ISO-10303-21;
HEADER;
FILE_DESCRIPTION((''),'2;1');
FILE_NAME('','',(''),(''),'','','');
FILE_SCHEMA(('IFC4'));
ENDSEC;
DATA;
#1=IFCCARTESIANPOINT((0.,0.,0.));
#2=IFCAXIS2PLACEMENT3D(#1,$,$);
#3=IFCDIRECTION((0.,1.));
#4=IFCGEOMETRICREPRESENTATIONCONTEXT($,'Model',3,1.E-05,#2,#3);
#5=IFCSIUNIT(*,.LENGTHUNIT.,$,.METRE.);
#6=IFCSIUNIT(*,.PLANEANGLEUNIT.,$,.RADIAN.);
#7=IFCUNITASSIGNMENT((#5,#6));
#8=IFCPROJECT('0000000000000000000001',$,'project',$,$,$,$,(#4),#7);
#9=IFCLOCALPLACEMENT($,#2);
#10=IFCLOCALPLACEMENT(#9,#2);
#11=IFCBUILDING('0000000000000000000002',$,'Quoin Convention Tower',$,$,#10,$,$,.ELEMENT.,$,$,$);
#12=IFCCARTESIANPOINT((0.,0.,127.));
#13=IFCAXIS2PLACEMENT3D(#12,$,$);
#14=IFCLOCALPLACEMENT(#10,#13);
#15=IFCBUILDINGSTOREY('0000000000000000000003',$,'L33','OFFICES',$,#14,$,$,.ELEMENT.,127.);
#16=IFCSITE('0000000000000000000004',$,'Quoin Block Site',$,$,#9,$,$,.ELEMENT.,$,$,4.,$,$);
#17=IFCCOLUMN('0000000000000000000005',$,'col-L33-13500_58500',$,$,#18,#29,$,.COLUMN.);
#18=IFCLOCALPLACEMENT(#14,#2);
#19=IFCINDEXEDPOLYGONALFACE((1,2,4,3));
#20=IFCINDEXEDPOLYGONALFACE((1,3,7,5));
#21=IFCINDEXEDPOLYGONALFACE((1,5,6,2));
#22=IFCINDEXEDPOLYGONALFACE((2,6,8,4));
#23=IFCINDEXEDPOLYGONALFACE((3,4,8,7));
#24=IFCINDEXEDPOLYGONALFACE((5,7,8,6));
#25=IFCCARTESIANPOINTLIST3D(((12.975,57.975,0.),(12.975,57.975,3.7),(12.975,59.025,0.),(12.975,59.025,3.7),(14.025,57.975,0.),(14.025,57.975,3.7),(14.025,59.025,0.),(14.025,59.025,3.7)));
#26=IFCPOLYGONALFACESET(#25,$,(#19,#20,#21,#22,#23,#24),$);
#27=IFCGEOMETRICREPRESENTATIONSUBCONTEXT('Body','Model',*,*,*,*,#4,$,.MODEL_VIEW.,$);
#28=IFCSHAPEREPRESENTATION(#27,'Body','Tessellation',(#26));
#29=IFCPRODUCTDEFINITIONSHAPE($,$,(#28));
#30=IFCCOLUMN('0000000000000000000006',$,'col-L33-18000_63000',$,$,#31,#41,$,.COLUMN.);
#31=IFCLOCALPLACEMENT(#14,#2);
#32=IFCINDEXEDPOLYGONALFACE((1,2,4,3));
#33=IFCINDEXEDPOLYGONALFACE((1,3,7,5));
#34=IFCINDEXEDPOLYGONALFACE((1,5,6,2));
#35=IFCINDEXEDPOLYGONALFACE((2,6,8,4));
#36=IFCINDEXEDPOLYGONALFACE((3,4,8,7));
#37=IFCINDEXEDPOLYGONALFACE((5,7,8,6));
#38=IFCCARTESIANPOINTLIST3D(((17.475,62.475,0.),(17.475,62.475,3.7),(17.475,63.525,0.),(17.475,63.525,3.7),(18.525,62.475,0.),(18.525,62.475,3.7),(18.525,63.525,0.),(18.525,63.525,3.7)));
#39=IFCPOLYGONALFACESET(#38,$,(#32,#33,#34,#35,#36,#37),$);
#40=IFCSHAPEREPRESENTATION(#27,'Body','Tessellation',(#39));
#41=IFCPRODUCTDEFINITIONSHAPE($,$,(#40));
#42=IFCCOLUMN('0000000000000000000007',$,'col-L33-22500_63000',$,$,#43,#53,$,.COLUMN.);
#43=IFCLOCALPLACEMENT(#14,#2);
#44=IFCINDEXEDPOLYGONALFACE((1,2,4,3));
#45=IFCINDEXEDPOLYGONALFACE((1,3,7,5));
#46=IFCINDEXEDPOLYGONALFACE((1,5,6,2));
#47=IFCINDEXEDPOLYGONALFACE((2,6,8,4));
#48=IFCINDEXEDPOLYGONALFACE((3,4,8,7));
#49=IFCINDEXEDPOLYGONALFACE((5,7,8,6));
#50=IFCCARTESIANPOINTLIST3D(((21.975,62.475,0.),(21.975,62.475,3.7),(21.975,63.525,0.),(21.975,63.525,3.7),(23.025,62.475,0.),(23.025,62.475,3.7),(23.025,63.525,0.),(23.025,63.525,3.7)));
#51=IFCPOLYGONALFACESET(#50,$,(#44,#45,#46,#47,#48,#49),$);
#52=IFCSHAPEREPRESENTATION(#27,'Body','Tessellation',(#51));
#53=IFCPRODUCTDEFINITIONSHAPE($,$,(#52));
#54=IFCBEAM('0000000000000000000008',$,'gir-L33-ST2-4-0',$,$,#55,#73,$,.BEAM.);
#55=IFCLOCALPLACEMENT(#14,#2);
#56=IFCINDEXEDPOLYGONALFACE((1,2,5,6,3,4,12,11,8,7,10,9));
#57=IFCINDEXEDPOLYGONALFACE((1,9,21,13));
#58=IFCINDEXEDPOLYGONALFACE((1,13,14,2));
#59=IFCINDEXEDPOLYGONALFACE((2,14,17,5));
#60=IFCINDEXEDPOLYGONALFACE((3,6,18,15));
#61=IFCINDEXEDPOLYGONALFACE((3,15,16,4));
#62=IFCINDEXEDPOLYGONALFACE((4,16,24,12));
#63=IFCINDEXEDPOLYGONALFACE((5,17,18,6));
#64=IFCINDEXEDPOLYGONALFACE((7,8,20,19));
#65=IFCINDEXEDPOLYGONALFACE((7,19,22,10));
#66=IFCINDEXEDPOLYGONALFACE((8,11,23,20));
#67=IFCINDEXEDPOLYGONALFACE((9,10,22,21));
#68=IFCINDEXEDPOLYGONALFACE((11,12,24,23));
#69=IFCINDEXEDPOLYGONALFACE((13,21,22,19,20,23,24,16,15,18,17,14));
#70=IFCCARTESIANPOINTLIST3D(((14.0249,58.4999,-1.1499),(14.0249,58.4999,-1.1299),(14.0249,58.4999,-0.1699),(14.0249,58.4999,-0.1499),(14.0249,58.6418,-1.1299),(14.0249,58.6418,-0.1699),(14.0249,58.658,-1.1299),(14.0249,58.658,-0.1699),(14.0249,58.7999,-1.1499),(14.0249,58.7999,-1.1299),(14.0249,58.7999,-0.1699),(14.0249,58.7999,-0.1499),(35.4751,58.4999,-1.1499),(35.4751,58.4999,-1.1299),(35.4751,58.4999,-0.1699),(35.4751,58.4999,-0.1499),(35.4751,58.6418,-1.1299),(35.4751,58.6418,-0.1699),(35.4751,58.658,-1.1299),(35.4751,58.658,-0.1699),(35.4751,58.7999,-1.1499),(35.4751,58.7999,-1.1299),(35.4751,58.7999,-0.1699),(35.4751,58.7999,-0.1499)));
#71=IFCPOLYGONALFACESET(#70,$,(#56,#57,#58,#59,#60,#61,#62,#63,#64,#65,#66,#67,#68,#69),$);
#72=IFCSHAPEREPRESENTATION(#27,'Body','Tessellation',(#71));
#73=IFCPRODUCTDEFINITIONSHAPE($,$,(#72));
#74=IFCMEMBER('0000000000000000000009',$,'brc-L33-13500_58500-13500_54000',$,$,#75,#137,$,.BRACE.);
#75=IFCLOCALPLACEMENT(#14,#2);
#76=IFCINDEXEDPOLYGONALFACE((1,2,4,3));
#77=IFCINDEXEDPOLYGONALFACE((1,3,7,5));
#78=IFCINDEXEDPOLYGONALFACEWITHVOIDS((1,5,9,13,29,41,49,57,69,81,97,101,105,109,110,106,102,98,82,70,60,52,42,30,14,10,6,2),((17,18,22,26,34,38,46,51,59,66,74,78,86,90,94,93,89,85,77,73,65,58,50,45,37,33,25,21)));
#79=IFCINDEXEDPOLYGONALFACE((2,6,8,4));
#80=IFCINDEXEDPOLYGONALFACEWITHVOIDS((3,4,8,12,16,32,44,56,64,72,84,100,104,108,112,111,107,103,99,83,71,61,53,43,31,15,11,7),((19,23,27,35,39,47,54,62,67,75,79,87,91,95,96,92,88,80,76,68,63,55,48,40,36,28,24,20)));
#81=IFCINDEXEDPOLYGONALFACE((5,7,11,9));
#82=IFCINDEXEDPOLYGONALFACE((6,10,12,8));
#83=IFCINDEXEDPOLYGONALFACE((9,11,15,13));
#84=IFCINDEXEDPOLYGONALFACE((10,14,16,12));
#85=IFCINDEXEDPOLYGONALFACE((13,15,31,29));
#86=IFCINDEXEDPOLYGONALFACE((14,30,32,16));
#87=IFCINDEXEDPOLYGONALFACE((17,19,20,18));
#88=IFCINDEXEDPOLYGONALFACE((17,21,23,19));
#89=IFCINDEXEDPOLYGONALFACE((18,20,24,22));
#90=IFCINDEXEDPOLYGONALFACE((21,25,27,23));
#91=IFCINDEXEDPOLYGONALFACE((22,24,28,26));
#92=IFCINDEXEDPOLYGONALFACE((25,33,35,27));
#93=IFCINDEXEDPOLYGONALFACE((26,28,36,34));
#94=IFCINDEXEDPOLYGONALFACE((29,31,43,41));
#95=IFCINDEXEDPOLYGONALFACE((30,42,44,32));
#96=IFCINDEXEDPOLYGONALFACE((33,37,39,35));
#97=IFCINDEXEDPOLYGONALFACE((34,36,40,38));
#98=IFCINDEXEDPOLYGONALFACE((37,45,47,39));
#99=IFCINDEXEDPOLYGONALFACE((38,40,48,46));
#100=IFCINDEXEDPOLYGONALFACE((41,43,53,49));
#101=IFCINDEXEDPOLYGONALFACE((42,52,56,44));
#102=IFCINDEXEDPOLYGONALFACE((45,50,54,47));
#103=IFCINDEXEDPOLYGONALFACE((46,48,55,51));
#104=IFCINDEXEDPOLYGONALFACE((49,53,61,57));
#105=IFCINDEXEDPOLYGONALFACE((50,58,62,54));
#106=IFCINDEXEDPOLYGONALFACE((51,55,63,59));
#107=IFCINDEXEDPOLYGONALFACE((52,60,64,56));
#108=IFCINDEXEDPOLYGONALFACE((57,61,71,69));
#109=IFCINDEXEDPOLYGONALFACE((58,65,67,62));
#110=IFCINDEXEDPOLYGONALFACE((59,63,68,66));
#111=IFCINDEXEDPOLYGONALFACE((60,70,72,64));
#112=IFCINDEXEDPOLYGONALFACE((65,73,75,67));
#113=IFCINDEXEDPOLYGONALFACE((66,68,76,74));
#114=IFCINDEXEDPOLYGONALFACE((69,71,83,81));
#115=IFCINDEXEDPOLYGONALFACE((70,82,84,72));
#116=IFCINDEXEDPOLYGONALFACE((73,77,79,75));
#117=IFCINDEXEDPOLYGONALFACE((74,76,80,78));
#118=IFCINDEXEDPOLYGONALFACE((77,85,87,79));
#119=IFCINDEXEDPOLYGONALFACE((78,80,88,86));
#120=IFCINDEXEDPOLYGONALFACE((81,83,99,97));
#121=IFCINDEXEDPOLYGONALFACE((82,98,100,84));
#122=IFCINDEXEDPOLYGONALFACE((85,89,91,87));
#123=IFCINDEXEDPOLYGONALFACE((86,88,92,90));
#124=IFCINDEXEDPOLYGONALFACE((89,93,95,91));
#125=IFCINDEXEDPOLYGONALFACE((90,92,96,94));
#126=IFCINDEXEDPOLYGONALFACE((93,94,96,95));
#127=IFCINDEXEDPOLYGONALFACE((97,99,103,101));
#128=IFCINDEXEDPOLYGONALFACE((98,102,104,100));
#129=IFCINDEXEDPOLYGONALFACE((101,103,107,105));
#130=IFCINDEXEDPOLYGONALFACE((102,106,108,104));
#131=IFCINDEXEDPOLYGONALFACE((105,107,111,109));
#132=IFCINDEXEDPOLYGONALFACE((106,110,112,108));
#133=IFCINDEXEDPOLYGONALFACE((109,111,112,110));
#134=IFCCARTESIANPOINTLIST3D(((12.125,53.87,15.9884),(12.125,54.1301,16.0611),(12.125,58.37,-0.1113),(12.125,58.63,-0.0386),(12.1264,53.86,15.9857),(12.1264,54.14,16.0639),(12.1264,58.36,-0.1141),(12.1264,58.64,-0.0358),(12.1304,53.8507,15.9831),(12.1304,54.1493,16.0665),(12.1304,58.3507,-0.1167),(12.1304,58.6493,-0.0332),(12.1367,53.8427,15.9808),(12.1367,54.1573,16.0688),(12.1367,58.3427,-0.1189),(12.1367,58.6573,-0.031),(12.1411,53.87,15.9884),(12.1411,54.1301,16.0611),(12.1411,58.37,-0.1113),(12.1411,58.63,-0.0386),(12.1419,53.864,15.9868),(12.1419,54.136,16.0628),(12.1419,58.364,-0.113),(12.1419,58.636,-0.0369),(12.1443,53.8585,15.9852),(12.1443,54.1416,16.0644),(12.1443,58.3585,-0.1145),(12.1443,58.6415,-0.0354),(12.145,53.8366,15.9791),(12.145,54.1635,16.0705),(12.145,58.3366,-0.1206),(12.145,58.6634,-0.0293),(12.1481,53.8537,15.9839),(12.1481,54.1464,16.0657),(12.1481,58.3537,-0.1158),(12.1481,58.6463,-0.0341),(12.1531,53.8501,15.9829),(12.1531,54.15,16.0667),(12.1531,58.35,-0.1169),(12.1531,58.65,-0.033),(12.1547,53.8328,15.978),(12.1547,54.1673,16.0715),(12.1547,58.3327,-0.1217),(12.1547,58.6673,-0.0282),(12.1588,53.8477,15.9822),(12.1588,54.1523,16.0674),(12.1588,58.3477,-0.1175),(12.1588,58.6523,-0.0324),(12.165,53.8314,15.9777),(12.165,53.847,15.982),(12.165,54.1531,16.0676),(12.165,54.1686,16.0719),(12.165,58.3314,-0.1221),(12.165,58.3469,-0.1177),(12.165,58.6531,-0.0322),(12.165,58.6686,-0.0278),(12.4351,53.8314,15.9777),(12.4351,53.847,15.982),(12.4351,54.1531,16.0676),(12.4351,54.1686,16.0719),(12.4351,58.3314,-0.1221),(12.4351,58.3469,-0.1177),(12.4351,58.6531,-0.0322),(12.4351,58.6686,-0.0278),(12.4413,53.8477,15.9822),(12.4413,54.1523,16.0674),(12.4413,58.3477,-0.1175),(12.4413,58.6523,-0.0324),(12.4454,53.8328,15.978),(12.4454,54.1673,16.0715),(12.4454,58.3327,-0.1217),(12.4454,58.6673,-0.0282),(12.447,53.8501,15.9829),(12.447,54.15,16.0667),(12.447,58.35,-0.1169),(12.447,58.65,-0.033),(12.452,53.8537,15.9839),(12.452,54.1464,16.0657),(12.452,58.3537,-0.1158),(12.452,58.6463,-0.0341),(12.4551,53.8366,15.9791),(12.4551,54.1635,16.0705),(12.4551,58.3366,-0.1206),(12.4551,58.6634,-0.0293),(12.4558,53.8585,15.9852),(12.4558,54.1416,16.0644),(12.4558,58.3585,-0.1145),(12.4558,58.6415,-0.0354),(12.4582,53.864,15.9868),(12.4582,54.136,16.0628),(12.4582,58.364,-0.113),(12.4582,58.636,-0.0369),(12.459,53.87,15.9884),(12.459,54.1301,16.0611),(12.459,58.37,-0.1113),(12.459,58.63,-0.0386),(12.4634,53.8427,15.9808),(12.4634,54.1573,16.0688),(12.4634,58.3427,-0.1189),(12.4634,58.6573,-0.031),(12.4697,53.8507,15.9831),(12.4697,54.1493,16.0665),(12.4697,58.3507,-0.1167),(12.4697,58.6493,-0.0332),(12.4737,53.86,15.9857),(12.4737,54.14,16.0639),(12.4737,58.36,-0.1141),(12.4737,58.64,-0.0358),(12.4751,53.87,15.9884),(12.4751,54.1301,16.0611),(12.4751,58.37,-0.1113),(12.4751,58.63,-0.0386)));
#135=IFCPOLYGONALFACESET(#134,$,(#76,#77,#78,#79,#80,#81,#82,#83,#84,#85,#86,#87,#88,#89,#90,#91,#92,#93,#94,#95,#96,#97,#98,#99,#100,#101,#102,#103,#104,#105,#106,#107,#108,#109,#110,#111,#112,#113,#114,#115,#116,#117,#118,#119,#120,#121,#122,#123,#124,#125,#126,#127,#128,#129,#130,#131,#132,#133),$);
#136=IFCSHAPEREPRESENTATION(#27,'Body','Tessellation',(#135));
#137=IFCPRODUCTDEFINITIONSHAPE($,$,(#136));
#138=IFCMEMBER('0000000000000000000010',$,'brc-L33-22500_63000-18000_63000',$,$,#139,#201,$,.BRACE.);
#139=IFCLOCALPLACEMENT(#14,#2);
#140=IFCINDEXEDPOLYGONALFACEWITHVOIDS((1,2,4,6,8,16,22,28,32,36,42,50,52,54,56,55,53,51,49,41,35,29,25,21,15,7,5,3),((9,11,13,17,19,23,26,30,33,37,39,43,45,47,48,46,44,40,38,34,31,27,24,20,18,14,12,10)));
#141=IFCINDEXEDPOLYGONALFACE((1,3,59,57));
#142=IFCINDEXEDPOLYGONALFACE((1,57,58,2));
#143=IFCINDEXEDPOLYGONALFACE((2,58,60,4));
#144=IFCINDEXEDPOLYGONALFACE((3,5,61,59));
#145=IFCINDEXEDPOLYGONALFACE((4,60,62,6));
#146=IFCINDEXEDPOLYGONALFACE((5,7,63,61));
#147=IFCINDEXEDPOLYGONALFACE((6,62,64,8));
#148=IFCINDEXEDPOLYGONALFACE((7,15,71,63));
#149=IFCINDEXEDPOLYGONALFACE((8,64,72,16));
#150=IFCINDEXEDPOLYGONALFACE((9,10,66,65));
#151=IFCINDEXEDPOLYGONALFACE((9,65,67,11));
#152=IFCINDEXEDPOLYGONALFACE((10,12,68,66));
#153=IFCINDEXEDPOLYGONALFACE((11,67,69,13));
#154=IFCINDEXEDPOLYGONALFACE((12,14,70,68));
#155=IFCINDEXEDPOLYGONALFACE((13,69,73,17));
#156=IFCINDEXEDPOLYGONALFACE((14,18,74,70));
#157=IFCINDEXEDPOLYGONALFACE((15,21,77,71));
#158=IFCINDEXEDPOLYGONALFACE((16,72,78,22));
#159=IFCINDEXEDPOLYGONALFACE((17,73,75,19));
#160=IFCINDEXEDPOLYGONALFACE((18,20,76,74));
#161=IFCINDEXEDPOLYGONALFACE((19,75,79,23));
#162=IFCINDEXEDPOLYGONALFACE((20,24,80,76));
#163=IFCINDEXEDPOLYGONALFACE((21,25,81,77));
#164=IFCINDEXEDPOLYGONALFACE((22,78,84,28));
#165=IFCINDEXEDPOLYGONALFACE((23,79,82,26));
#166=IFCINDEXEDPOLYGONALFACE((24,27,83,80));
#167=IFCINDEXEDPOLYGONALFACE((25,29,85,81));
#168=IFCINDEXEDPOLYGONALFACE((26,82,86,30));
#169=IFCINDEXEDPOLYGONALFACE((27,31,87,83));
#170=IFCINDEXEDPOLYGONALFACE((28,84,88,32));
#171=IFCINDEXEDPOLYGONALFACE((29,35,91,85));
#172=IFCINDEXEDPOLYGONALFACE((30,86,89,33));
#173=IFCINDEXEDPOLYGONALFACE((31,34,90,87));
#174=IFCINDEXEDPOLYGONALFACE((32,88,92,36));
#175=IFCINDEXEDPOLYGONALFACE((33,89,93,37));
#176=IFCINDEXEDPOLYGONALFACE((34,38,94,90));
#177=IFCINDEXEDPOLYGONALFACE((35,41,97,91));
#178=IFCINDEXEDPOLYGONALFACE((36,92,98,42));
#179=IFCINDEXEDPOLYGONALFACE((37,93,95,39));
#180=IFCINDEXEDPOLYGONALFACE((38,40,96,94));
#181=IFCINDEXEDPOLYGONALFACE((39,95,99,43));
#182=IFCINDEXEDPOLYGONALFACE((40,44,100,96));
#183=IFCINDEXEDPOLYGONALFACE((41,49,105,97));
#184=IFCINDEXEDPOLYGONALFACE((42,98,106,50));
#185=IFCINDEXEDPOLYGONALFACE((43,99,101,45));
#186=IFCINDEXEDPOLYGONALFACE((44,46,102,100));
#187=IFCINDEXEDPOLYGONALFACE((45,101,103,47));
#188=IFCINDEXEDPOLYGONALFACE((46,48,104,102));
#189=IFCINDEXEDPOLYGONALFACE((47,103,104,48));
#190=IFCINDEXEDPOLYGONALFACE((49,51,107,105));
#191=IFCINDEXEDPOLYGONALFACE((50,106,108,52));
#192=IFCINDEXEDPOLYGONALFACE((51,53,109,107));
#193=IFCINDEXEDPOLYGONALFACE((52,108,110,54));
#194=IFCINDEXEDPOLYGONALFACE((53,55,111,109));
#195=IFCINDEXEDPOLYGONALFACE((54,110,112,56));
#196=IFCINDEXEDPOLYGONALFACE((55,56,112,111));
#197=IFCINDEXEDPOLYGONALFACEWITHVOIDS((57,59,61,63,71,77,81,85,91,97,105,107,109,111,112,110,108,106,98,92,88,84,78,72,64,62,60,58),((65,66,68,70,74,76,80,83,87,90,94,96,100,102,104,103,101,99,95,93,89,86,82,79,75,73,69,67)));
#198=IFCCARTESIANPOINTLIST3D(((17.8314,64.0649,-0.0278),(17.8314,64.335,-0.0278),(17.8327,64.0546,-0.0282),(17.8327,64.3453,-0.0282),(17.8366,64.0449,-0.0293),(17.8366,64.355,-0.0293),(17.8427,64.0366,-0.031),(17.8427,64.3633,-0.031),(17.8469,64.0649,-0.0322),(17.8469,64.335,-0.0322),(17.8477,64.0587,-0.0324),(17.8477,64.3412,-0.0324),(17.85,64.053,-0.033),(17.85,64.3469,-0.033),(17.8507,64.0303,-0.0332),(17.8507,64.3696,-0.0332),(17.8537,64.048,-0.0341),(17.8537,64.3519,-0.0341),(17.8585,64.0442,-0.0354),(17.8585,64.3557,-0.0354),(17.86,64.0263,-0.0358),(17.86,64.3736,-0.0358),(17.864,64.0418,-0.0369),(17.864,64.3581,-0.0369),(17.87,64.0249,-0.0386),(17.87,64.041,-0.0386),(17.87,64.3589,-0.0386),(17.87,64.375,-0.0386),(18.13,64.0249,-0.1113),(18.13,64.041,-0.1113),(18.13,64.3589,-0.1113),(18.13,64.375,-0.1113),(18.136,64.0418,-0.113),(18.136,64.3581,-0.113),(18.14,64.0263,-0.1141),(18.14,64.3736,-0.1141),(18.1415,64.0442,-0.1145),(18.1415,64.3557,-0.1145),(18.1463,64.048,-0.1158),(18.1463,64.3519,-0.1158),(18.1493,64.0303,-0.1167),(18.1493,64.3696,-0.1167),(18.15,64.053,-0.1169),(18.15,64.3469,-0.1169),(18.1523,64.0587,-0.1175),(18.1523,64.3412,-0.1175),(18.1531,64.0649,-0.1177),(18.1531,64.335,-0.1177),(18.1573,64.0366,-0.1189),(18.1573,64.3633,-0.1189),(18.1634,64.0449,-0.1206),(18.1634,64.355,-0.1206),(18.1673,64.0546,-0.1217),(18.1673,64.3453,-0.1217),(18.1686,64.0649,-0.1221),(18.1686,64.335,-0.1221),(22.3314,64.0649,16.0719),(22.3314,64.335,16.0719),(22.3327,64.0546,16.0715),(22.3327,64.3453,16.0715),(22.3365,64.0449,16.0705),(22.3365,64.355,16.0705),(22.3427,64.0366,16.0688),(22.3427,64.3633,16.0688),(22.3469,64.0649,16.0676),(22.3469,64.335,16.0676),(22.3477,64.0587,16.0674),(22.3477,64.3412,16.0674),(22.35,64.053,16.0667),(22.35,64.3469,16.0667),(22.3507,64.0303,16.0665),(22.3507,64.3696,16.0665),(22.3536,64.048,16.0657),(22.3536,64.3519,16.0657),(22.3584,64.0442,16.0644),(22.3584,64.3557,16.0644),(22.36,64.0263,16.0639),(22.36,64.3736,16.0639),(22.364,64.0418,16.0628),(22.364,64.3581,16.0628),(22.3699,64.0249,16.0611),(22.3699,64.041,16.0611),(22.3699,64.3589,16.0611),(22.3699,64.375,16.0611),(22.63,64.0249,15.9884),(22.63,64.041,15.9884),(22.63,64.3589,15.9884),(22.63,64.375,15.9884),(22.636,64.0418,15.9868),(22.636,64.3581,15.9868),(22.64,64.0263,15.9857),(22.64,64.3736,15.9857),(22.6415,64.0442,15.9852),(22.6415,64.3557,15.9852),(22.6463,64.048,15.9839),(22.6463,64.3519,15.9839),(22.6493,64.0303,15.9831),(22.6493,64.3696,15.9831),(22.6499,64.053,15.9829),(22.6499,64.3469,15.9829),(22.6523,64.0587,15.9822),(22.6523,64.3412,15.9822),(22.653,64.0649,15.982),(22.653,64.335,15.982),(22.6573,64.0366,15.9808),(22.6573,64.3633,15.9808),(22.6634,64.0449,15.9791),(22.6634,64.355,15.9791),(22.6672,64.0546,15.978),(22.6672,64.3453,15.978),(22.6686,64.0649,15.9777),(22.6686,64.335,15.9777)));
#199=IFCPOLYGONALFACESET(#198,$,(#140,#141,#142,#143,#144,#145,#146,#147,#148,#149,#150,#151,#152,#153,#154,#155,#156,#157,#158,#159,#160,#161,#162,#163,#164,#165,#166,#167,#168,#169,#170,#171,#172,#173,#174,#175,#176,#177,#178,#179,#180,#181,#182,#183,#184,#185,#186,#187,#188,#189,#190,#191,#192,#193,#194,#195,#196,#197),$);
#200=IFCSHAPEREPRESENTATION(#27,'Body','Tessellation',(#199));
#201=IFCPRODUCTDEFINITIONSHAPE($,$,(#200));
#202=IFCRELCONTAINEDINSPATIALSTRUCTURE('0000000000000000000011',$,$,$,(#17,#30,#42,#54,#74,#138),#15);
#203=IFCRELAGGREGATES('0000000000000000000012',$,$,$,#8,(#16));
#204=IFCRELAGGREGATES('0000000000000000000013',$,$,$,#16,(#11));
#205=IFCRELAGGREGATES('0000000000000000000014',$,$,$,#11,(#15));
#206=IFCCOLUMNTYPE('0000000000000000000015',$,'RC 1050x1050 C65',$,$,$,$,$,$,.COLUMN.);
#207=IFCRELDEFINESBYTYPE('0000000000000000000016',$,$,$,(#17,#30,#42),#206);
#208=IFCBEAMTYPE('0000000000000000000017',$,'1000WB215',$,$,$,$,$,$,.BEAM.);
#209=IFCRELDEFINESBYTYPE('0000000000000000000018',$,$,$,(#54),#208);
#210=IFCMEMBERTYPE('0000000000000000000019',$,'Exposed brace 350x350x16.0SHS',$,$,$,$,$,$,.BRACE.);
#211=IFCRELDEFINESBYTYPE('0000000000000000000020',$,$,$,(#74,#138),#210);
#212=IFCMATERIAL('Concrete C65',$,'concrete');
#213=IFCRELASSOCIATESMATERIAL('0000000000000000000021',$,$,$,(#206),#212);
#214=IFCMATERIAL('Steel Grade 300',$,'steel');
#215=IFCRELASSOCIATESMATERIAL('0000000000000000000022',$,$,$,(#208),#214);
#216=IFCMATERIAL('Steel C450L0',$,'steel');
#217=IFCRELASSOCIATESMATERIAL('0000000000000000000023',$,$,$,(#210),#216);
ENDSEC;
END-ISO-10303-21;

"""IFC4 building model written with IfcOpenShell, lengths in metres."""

from ifc_helpers import new_model, si_unit, direction, frame, origin, origin_2d, place, context, subcontext, project, spatial, rectangle, hollow_rectangle, i_section, extrude, material, material_profile, profile_set, type_object, element, save


model = new_model("IFC4")

# Units and contexts
model_context = context("Model", 3, precision=1e-05, world=origin(), true_north=direction((0.0, 1.0)))
body_context = subcontext(model_context, "Body", "Model", "MODEL_VIEW")
ifc_project = project(units=[si_unit("LENGTHUNIT", "METRE"), si_unit("PLANEANGLEUNIT", "RADIAN")], contexts=[model_context])

# Site, building, storey
site_placement = place(None, origin())
site = spatial("IfcSite", under=ifc_project, at=site_placement, Name="Quoin Block Site", CompositionType="ELEMENT", RefElevation=4.0)
building_placement = place(site_placement, origin())
building = spatial("IfcBuilding", under=site, at=building_placement, Name="Quoin Convention Tower", CompositionType="ELEMENT")
storey_placement = place(building_placement, frame((0.0, 0.0, 127.0)))
storey = spatial("IfcBuildingStorey", under=building, at=storey_placement, Name="L33", Description="OFFICES", CompositionType="ELEMENT", Elevation=127.0)

# Columns
ifc_material_1 = material(Name="Concrete C65", Category="concrete")
ifc_material_profile_1 = material_profile(ifc_material_1, rectangle(XDim=1.05, YDim=1.05, at=origin_2d()), Name="RC 1050x1050")
ifc_profile_set_1 = profile_set([ifc_material_profile_1], Name="Concrete C65")
column_type = type_object("IfcColumnType", Name="RC 1050x1050 C65", PredefinedType="COLUMN", material=ifc_profile_set_1)
for number, where, z_axis, x_axis, name in (
    (1, (13.5, 58.5, 0.0), (0.0, 0.0, 1.0), (1.0, 0.0, 0.0), "col-L33-13500_58500"),
    (2, (18.0, 63.0, 0.0), (0.0, 0.0, 1.0), (1.0, 0.0, 0.0), "col-L33-18000_63000"),
    (3, (22.5, 63.0, 0.0), (0.0, 0.0, 1.0), (1.0, 0.0, 0.0), "col-L33-22500_63000"),
):
    element("IfcColumn", number, at=place(storey_placement, frame(where, z_axis=z_axis, x_axis=x_axis)), inside=storey, type_object=column_type, Name=name, PredefinedType="COLUMN", context=body_context, shape_type="SweptSolid", body=[
        extrude(rectangle(XDim=1.05, YDim=1.05, at=origin_2d()), origin(), (0.0, 0.0, 1.0), 3.7),
    ])

# Beam
ifc_material_2 = material(Name="Steel Grade 300", Category="steel")
ifc_material_profile_2 = material_profile(ifc_material_2, i_section(OverallWidth=0.3, OverallDepth=1.0, WebThickness=0.0161, FlangeThickness=0.02, at=origin_2d()), Name="1000WB215")
ifc_profile_set_2 = profile_set([ifc_material_profile_2], Name="Steel Grade 300")
beam_type_1 = type_object("IfcBeamType", Name="1000WB215", PredefinedType="BEAM", material=ifc_profile_set_2)
beam_1_placement = place(storey_placement, frame((14.0249, 58.6499, -0.6499), z_axis=(1.0, 0.0, 0.0), x_axis=(0.0, 1.0, 0.0)))
element("IfcBeam", 4, at=beam_1_placement, inside=storey, type_object=beam_type_1, Name="gir-L33-ST2-4-0", PredefinedType="BEAM", context=body_context, shape_type="SweptSolid", body=[
    extrude(i_section(OverallWidth=0.3, OverallDepth=1.0, WebThickness=0.0161, FlangeThickness=0.02, at=origin_2d()), origin(), (0.0, 0.0, 1.0), 21.4502),
])

# Members
ifc_material_3 = material(Name="Steel C450L0", Category="steel")
ifc_material_profile_3 = material_profile(ifc_material_3, hollow_rectangle(XDim=0.3501, YDim=0.3501, WallThickness=0.0161, InnerFilletRadius=0.0239, OuterFilletRadius=0.04, at=origin_2d()), Name="350x350x16.0SHS")
ifc_profile_set_3 = profile_set([ifc_material_profile_3], Name="Steel C450L0")
member_type = type_object("IfcMemberType", Name="Exposed brace 350x350x16.0SHS", PredefinedType="BRACE", material=ifc_profile_set_3)
for number, where, z_axis, x_axis, name in (
    (5, (12.3, 58.5, -0.075), (0.0, -0.269188, 0.963088), (1.0, 0.0, 0.0), "brc-L33-13500_58500-13500_54000"),
    (6, (18.0, 64.2, -0.075), (0.269188, 0.0, 0.963088), (0.0, 1.0, 0.0), "brc-L33-22500_63000-18000_63000"),
):
    element("IfcMember", number, at=place(storey_placement, frame(where, z_axis=z_axis, x_axis=x_axis)), inside=storey, type_object=member_type, Name=name, PredefinedType="BRACE", context=body_context, shape_type="SweptSolid", body=[
        extrude(hollow_rectangle(XDim=0.3501, YDim=0.3501, WallThickness=0.0161, InnerFilletRadius=0.0239, OuterFilletRadius=0.04, at=origin_2d()), origin(), (0.0, 0.0, 1.0), 16.7168),
    ])

save(model, "model.ifc")
